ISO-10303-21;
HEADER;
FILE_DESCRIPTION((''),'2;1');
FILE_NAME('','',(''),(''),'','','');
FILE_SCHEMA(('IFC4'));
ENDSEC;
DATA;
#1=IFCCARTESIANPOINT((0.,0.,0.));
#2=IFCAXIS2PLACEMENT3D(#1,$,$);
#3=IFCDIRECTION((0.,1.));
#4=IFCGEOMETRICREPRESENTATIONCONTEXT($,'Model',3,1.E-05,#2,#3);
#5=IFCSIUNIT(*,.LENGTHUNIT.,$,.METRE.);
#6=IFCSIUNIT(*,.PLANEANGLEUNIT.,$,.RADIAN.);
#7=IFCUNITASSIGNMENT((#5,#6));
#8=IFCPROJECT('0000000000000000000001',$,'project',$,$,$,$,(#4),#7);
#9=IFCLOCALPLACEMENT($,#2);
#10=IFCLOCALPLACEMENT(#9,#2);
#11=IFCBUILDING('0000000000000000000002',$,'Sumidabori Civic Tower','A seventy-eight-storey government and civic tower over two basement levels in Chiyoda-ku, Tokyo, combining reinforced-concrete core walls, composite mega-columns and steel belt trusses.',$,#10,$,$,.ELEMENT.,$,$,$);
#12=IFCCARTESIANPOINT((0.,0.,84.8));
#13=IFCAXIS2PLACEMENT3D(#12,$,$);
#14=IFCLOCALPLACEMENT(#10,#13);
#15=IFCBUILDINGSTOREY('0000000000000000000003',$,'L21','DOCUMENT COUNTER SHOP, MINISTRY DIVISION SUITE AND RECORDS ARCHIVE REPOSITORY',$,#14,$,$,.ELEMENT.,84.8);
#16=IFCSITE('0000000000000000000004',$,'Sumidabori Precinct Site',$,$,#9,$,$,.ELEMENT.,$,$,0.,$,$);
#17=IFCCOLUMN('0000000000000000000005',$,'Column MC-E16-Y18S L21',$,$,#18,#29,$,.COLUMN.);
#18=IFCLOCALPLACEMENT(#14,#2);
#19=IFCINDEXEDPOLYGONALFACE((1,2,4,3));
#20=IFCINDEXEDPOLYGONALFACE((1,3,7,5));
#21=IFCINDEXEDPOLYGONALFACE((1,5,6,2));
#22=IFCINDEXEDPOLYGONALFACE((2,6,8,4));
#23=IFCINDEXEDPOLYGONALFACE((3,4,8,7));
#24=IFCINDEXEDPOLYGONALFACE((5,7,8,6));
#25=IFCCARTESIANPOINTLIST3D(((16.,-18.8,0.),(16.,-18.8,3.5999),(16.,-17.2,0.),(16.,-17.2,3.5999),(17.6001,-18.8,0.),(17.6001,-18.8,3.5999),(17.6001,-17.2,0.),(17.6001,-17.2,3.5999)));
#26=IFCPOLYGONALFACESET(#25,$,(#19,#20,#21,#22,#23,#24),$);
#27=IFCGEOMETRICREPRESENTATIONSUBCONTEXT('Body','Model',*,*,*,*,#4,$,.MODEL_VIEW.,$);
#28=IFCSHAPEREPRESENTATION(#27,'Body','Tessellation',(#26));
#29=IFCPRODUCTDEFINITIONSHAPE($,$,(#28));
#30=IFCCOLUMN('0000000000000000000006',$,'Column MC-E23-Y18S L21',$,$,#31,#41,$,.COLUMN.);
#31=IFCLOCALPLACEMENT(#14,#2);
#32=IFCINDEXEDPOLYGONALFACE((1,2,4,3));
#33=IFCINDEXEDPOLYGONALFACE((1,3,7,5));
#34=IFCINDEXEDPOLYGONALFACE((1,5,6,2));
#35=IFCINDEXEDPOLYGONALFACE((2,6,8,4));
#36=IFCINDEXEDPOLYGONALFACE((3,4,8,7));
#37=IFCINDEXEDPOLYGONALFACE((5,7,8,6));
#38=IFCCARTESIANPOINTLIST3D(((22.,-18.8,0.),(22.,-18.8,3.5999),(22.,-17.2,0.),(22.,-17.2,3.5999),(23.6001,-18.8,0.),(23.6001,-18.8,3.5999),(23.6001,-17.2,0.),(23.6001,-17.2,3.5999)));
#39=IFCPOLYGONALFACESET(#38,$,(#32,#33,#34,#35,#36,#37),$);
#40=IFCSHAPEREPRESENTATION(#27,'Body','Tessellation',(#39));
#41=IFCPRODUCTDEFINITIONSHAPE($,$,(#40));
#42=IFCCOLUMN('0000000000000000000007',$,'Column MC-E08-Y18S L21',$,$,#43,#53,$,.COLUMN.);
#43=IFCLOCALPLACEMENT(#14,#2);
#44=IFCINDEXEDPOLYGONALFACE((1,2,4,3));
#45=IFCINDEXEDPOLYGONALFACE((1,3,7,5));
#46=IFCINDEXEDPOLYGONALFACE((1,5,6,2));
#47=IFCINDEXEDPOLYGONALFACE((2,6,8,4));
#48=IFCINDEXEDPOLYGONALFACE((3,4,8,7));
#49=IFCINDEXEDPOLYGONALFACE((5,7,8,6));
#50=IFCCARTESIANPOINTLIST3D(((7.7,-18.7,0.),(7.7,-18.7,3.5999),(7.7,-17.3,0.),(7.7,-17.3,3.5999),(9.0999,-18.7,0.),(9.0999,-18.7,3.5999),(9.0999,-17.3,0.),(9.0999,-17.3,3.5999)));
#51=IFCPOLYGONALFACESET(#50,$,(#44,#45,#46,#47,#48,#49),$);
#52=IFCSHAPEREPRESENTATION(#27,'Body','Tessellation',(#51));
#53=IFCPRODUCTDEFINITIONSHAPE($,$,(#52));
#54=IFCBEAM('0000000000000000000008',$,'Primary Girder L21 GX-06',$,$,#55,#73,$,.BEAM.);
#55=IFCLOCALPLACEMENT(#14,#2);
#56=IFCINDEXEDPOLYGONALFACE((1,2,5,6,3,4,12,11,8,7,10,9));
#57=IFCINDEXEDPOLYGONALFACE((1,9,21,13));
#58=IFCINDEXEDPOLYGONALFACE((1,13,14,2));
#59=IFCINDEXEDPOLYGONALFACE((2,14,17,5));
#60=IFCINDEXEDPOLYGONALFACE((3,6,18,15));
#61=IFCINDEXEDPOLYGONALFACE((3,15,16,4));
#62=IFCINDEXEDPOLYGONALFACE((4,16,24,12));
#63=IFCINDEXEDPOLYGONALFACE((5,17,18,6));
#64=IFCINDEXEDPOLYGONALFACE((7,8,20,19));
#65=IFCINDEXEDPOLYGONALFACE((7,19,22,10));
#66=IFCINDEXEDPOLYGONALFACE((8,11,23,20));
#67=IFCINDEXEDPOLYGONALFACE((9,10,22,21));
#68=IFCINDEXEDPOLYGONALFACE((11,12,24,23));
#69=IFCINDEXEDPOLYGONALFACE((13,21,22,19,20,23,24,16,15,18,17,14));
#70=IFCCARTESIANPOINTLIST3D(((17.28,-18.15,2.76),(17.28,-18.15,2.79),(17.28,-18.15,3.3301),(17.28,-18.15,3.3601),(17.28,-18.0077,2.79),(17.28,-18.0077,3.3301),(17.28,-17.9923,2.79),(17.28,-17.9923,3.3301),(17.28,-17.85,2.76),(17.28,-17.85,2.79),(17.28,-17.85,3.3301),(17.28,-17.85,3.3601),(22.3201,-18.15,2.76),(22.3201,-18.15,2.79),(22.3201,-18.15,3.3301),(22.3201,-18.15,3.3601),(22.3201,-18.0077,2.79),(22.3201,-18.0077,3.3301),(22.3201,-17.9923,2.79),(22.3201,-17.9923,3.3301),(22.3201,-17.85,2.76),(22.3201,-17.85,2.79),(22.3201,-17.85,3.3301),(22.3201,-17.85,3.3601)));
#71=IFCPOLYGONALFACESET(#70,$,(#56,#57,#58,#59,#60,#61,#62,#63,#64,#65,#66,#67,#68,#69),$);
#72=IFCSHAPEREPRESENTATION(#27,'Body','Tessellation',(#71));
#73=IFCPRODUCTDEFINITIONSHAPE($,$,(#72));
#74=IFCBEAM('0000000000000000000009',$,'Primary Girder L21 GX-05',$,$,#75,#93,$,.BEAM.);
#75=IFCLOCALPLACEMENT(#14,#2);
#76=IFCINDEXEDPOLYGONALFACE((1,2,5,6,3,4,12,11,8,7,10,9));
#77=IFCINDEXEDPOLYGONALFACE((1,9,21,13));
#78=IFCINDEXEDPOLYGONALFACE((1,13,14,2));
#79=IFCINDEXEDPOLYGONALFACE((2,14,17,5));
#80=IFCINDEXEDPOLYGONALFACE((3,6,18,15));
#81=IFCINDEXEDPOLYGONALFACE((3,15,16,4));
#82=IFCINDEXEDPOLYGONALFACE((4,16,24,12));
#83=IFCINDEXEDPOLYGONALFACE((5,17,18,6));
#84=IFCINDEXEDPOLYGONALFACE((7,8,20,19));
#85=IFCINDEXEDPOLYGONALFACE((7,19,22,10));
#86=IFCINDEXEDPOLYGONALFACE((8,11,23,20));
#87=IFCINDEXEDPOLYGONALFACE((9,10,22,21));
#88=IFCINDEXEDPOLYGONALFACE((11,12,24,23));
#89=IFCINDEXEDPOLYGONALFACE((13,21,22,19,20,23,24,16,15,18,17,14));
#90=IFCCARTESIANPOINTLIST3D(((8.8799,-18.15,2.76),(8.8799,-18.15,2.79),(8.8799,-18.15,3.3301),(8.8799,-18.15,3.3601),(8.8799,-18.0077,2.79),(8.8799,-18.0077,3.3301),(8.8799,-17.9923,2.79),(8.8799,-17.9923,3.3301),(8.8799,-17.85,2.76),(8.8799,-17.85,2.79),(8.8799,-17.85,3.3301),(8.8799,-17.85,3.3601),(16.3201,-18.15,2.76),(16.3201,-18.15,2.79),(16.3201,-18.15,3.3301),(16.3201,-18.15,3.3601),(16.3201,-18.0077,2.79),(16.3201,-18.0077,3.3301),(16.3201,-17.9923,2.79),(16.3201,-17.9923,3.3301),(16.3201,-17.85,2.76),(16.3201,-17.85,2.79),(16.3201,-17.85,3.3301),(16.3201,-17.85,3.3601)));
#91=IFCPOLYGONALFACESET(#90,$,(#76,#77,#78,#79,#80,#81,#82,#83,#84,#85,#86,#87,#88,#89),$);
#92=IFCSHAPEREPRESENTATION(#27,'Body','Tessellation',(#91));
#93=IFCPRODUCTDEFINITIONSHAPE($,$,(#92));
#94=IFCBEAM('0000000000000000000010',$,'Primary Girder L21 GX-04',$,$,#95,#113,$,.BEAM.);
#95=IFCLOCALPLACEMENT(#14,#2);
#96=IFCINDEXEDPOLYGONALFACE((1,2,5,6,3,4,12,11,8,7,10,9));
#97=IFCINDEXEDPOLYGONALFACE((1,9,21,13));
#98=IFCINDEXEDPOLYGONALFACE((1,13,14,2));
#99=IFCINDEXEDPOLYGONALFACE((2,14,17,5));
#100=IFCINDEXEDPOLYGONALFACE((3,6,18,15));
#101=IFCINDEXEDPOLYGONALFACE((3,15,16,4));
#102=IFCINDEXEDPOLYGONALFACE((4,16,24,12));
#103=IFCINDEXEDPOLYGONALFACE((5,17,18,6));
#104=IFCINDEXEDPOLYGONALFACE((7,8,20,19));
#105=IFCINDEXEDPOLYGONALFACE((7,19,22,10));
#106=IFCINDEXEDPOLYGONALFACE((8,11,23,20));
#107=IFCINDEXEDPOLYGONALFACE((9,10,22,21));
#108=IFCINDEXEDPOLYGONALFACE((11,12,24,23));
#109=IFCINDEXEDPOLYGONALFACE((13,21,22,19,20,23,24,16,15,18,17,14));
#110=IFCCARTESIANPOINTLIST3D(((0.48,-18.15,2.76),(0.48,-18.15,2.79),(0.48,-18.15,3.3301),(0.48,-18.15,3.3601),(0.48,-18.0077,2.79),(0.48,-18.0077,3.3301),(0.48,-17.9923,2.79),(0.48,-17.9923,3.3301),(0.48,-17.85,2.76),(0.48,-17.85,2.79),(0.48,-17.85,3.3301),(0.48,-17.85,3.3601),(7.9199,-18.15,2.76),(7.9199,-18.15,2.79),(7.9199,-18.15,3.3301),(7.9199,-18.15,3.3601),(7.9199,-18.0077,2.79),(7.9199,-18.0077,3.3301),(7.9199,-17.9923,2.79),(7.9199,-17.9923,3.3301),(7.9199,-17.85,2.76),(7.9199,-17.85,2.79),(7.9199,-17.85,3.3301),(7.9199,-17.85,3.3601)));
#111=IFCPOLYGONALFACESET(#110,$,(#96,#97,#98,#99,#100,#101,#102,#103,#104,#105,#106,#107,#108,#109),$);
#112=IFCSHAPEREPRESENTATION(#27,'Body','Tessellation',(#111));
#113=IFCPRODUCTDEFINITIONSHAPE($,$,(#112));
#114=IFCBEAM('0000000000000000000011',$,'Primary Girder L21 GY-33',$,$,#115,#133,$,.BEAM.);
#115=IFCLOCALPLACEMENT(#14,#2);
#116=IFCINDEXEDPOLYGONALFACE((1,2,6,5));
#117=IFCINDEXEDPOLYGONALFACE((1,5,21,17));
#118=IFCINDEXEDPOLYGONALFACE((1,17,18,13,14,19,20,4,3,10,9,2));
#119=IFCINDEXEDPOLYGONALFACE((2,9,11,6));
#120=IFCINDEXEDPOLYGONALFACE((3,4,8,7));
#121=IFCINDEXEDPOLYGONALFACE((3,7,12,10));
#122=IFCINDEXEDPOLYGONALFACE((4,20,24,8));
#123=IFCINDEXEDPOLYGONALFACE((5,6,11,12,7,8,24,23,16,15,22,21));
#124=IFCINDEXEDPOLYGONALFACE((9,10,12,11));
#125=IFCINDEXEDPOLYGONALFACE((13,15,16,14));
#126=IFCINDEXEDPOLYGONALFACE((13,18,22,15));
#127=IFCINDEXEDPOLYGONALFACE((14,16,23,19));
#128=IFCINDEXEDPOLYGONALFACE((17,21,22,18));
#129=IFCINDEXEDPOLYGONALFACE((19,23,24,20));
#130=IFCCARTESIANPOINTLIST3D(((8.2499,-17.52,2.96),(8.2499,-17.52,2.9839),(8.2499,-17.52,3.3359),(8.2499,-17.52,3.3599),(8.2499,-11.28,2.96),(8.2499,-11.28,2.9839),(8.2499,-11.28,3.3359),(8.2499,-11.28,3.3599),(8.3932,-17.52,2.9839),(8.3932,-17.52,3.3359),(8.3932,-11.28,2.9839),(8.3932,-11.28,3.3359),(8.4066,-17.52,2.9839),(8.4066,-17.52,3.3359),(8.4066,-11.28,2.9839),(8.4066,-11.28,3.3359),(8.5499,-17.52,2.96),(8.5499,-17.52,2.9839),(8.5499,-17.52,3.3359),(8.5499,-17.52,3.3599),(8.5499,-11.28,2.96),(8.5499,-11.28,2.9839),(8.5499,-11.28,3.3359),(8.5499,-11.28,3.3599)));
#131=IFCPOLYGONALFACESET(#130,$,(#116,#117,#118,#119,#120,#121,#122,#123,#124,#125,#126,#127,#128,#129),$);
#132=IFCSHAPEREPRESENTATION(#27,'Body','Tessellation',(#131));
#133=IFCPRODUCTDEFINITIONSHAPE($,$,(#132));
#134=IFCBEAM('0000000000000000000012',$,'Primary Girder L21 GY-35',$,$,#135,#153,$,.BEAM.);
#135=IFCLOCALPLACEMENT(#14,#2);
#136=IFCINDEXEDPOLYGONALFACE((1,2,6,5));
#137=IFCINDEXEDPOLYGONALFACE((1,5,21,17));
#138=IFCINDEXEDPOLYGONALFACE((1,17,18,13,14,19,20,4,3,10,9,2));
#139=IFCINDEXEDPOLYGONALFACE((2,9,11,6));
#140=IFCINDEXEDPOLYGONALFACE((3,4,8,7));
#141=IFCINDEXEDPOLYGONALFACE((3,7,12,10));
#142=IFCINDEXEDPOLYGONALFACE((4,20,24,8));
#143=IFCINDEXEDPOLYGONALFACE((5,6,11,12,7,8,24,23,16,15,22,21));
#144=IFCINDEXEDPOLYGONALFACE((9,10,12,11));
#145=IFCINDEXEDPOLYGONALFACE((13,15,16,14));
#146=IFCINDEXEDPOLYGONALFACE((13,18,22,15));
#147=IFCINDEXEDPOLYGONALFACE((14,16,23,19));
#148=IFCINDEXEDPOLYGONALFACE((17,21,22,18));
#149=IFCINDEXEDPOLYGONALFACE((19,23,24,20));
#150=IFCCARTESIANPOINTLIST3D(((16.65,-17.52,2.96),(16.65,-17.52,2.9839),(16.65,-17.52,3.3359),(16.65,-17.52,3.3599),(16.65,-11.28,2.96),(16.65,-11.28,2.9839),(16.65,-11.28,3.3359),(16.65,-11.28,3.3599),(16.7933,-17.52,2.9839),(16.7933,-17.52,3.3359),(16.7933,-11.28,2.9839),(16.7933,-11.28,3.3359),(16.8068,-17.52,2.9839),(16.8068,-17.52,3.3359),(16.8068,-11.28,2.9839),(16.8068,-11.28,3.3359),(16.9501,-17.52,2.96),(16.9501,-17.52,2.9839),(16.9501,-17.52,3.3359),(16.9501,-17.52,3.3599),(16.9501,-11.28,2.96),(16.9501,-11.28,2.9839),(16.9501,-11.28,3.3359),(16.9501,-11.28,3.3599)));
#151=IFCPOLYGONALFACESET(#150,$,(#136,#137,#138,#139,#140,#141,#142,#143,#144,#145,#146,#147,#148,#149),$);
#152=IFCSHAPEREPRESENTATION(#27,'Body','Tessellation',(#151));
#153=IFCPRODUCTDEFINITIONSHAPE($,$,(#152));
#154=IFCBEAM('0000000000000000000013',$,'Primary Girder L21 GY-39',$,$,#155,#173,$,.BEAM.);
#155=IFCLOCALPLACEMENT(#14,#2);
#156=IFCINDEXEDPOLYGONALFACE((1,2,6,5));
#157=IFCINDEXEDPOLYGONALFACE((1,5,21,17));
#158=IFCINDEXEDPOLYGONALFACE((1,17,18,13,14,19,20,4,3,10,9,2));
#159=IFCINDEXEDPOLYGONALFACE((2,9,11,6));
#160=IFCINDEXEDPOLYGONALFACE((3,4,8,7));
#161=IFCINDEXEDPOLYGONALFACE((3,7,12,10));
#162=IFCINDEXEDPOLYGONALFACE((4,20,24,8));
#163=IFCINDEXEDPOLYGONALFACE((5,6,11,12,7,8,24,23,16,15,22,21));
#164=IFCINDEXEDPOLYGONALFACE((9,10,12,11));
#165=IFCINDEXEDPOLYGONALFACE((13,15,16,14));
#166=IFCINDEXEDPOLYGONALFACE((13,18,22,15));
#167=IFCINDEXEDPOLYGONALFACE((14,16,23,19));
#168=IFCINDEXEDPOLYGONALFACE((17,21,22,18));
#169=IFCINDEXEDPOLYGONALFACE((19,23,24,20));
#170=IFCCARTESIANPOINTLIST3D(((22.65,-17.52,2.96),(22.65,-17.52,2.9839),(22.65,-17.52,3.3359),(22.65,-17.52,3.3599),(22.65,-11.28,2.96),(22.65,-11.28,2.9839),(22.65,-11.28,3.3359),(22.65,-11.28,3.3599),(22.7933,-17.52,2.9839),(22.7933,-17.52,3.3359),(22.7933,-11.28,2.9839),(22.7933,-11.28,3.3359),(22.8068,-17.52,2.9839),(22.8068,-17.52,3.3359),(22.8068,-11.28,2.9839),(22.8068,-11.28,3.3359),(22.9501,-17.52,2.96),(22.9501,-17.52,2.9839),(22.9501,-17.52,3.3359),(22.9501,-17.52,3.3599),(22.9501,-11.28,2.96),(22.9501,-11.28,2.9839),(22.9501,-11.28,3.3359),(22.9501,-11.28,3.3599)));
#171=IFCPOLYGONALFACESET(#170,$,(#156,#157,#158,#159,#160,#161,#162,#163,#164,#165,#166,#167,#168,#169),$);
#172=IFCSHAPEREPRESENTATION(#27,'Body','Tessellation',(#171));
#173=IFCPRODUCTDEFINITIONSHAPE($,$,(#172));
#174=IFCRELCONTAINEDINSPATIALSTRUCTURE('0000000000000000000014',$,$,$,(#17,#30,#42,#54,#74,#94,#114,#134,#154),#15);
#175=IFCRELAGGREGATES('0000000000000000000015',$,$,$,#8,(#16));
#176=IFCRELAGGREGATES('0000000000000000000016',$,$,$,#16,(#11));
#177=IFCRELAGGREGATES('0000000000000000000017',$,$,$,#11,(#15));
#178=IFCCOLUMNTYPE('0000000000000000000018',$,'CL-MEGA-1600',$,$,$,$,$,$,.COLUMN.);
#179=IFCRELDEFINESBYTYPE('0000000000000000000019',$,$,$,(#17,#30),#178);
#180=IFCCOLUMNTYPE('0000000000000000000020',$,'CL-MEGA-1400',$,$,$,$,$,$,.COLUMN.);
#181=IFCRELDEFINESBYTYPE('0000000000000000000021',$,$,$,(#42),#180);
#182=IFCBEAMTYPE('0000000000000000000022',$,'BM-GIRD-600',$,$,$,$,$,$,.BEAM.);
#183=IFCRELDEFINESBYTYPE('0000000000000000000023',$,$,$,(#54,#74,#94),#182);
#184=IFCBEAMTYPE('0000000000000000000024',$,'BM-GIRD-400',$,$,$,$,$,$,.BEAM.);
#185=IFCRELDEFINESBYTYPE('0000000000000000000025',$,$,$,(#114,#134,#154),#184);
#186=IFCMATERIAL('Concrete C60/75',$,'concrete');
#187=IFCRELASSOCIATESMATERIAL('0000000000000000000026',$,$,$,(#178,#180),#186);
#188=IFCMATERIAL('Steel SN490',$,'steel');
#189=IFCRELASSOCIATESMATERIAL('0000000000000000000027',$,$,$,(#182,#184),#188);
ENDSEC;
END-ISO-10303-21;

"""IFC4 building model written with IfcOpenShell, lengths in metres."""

from ifc_helpers import new_model, si_unit, direction, frame, origin, origin_2d, place, context, subcontext, project, spatial, rectangle, i_section, extrude, source, transform, mapped, material, material_profile, profile_set, type_object, element, save


model = new_model("IFC4")

# Units and contexts
model_context = context("Model", 3, precision=1e-05, world=origin(), true_north=direction((0.0, 1.0)))
body_context = subcontext(model_context, "Body", "Model", "MODEL_VIEW")
ifc_project = project(units=[si_unit("LENGTHUNIT", "METRE"), si_unit("PLANEANGLEUNIT", "RADIAN")], contexts=[model_context])

# Site, building, storey
site_placement = place(None, origin())
site = spatial("IfcSite", under=ifc_project, at=site_placement, Name="Sumidabori Precinct Site", CompositionType="ELEMENT", RefElevation=0.0)
building_placement = place(site_placement, origin())
building = spatial("IfcBuilding", under=site, at=building_placement, Name="Sumidabori Civic Tower", Description="A seventy-eight-storey government and civic tower over two basement levels in Chiyoda-ku, Tokyo, combining reinforced-concrete core walls, composite mega-columns and steel belt trusses.", CompositionType="ELEMENT")
storey_placement = place(building_placement, frame((0.0, 0.0, 84.8)))
storey = spatial("IfcBuildingStorey", under=building, at=storey_placement, Name="L21", Description="DOCUMENT COUNTER SHOP, MINISTRY DIVISION SUITE AND RECORDS ARCHIVE REPOSITORY", CompositionType="ELEMENT", Elevation=84.8)

# Columns
ifc_material_1 = material(Name="Concrete C60/75", Category="concrete")
ifc_material_profile_1 = material_profile(ifc_material_1, rectangle(XDim=1.6001, YDim=1.6001, at=origin_2d()), Name="RC 1600x1600")
ifc_profile_set_1 = profile_set([ifc_material_profile_1], Name="Concrete C60/75")
column_type_1 = type_object("IfcColumnType", Name="CL-MEGA-1600", PredefinedType="COLUMN", material=ifc_profile_set_1)
shared_shape_1 = source(origin(), body_context, "Body", "SweptSolid", [
    extrude(rectangle(XDim=1.6001, YDim=1.6001, at=origin_2d()), origin(), (0.0, 0.0, 1.0), 3.5999),
])
for number, where, z_axis, x_axis, name in (
    (1, (16.8, -18.0, 0.0), (0.0, 0.0, 1.0), (1.0, 0.0, 0.0), "Column MC-E16-Y18S L21"),
    (2, (22.8, -18.0, 0.0), (0.0, 0.0, 1.0), (1.0, 0.0, 0.0), "Column MC-E23-Y18S L21"),
):
    element("IfcColumn", number, at=place(storey_placement, frame(where, z_axis=z_axis, x_axis=x_axis)), inside=storey, type_object=column_type_1, Name=name, PredefinedType="COLUMN", context=body_context, shape_type="MappedRepresentation", body=[
        mapped(shared_shape_1, transform((0.0, 0.0, 0.0), x_axis=(1.0, 0.0, 0.0), y_axis=(0.0, 1.0, 0.0), z_axis=(0.0, 0.0, 1.0), scale=1.0)),
    ])
ifc_material_profile_2 = material_profile(ifc_material_1, rectangle(XDim=1.3999, YDim=1.3999, at=origin_2d()), Name="RC 1400x1400")
ifc_profile_set_2 = profile_set([ifc_material_profile_2], Name="Concrete C60/75")
column_type_2 = type_object("IfcColumnType", Name="CL-MEGA-1400", PredefinedType="COLUMN", material=ifc_profile_set_2)
shared_shape_2 = source(origin(), body_context, "Body", "SweptSolid", [
    extrude(rectangle(XDim=1.3999, YDim=1.3999, at=origin_2d()), origin(), (0.0, 0.0, 1.0), 3.5999),
])
column_placement = place(storey_placement, frame((8.3999, -18.0, 0.0), z_axis=(0.0, 0.0, 1.0), x_axis=(1.0, 0.0, 0.0)))
element("IfcColumn", 3, at=column_placement, inside=storey, type_object=column_type_2, Name="Column MC-E08-Y18S L21", PredefinedType="COLUMN", context=body_context, shape_type="MappedRepresentation", body=[
    mapped(shared_shape_2, transform((0.0, 0.0, 0.0), x_axis=(1.0, 0.0, 0.0), y_axis=(0.0, 1.0, 0.0), z_axis=(0.0, 0.0, 1.0), scale=1.0)),
])

# Beams
ifc_material_2 = material(Name="Steel SN490", Category="steel")
ifc_material_profile_3 = material_profile(ifc_material_2, i_section(OverallWidth=0.3, OverallDepth=0.6001, WebThickness=0.0154, FlangeThickness=0.03, at=origin_2d()), Name="HE 600 B")
ifc_profile_set_3 = profile_set([ifc_material_profile_3], Name="Steel SN490")
beam_type_1 = type_object("IfcBeamType", Name="BM-GIRD-600", PredefinedType="BEAM", material=ifc_profile_set_3)
shared_shape_3 = source(origin(), body_context, "Body", "SweptSolid", [
    extrude(i_section(OverallWidth=0.3, OverallDepth=0.6001, WebThickness=0.0154, FlangeThickness=0.03, at=origin_2d()), origin(), (0.0, 0.0, 1.0), 5.04),
])
beam_1_placement = place(storey_placement, frame((17.28, -18.0, 3.0601), z_axis=(1.0, 0.0, 0.0), x_axis=(0.0, 1.0, 0.0)))
element("IfcBeam", 4, at=beam_1_placement, inside=storey, type_object=beam_type_1, Name="Primary Girder L21 GX-06", PredefinedType="BEAM", context=body_context, shape_type="MappedRepresentation", body=[
    mapped(shared_shape_3, transform((0.0, 0.0, 0.0), x_axis=(1.0, 0.0, 0.0), y_axis=(0.0, 1.0, 0.0), z_axis=(0.0, 0.0, 1.0), scale=1.0)),
])
shared_shape_4 = source(origin(), body_context, "Body", "SweptSolid", [
    extrude(i_section(OverallWidth=0.3, OverallDepth=0.6001, WebThickness=0.0154, FlangeThickness=0.03, at=origin_2d()), origin(), (0.0, 0.0, 1.0), 7.4402),
])
beam_2_placement = place(storey_placement, frame((8.8799, -18.0, 3.0601), z_axis=(1.0, 0.0, 0.0), x_axis=(0.0, 1.0, 0.0)))
element("IfcBeam", 5, at=beam_2_placement, inside=storey, type_object=beam_type_1, Name="Primary Girder L21 GX-05", PredefinedType="BEAM", context=body_context, shape_type="MappedRepresentation", body=[
    mapped(shared_shape_4, transform((0.0, 0.0, 0.0), x_axis=(1.0, 0.0, 0.0), y_axis=(0.0, 1.0, 0.0), z_axis=(0.0, 0.0, 1.0), scale=1.0)),
])
shared_shape_5 = source(origin(), body_context, "Body", "SweptSolid", [
    extrude(i_section(OverallWidth=0.3, OverallDepth=0.6001, WebThickness=0.0154, FlangeThickness=0.03, at=origin_2d()), origin(), (0.0, 0.0, 1.0), 7.4399),
])
beam_3_placement = place(storey_placement, frame((0.48, -18.0, 3.0601), z_axis=(1.0, 0.0, 0.0), x_axis=(0.0, 1.0, 0.0)))
element("IfcBeam", 6, at=beam_3_placement, inside=storey, type_object=beam_type_1, Name="Primary Girder L21 GX-04", PredefinedType="BEAM", context=body_context, shape_type="MappedRepresentation", body=[
    mapped(shared_shape_5, transform((0.0, 0.0, 0.0), x_axis=(1.0, 0.0, 0.0), y_axis=(0.0, 1.0, 0.0), z_axis=(0.0, 0.0, 1.0), scale=1.0)),
])
ifc_material_profile_4 = material_profile(ifc_material_2, i_section(OverallWidth=0.3, OverallDepth=0.3999, WebThickness=0.0134, FlangeThickness=0.0239, at=origin_2d()), Name="HE 400 B")
ifc_profile_set_4 = profile_set([ifc_material_profile_4], Name="Steel SN490")
beam_type_2 = type_object("IfcBeamType", Name="BM-GIRD-400", PredefinedType="BEAM", material=ifc_profile_set_4)
shared_shape_6 = source(origin(), body_context, "Body", "SweptSolid", [
    extrude(i_section(OverallWidth=0.3, OverallDepth=0.3999, WebThickness=0.0134, FlangeThickness=0.0239, at=origin_2d()), origin(), (0.0, 0.0, 1.0), 6.24),
])
for number, where, z_axis, x_axis, name in (
    (7, (8.3999, -17.52, 3.1599), (0.0, 1.0, 0.0), (-1.0, 0.0, 0.0), "Primary Girder L21 GY-33"),
    (8, (16.8, -17.52, 3.1599), (0.0, 1.0, 0.0), (-1.0, 0.0, 0.0), "Primary Girder L21 GY-35"),
    (9, (22.8, -17.52, 3.1599), (0.0, 1.0, 0.0), (-1.0, 0.0, 0.0), "Primary Girder L21 GY-39"),
):
    element("IfcBeam", number, at=place(storey_placement, frame(where, z_axis=z_axis, x_axis=x_axis)), inside=storey, type_object=beam_type_2, Name=name, PredefinedType="BEAM", context=body_context, shape_type="MappedRepresentation", body=[
        mapped(shared_shape_6, transform((0.0, 0.0, 0.0), x_axis=(1.0, 0.0, 0.0), y_axis=(0.0, 1.0, 0.0), z_axis=(0.0, 0.0, 1.0), scale=1.0)),
    ])

save(model, "model.ifc")
